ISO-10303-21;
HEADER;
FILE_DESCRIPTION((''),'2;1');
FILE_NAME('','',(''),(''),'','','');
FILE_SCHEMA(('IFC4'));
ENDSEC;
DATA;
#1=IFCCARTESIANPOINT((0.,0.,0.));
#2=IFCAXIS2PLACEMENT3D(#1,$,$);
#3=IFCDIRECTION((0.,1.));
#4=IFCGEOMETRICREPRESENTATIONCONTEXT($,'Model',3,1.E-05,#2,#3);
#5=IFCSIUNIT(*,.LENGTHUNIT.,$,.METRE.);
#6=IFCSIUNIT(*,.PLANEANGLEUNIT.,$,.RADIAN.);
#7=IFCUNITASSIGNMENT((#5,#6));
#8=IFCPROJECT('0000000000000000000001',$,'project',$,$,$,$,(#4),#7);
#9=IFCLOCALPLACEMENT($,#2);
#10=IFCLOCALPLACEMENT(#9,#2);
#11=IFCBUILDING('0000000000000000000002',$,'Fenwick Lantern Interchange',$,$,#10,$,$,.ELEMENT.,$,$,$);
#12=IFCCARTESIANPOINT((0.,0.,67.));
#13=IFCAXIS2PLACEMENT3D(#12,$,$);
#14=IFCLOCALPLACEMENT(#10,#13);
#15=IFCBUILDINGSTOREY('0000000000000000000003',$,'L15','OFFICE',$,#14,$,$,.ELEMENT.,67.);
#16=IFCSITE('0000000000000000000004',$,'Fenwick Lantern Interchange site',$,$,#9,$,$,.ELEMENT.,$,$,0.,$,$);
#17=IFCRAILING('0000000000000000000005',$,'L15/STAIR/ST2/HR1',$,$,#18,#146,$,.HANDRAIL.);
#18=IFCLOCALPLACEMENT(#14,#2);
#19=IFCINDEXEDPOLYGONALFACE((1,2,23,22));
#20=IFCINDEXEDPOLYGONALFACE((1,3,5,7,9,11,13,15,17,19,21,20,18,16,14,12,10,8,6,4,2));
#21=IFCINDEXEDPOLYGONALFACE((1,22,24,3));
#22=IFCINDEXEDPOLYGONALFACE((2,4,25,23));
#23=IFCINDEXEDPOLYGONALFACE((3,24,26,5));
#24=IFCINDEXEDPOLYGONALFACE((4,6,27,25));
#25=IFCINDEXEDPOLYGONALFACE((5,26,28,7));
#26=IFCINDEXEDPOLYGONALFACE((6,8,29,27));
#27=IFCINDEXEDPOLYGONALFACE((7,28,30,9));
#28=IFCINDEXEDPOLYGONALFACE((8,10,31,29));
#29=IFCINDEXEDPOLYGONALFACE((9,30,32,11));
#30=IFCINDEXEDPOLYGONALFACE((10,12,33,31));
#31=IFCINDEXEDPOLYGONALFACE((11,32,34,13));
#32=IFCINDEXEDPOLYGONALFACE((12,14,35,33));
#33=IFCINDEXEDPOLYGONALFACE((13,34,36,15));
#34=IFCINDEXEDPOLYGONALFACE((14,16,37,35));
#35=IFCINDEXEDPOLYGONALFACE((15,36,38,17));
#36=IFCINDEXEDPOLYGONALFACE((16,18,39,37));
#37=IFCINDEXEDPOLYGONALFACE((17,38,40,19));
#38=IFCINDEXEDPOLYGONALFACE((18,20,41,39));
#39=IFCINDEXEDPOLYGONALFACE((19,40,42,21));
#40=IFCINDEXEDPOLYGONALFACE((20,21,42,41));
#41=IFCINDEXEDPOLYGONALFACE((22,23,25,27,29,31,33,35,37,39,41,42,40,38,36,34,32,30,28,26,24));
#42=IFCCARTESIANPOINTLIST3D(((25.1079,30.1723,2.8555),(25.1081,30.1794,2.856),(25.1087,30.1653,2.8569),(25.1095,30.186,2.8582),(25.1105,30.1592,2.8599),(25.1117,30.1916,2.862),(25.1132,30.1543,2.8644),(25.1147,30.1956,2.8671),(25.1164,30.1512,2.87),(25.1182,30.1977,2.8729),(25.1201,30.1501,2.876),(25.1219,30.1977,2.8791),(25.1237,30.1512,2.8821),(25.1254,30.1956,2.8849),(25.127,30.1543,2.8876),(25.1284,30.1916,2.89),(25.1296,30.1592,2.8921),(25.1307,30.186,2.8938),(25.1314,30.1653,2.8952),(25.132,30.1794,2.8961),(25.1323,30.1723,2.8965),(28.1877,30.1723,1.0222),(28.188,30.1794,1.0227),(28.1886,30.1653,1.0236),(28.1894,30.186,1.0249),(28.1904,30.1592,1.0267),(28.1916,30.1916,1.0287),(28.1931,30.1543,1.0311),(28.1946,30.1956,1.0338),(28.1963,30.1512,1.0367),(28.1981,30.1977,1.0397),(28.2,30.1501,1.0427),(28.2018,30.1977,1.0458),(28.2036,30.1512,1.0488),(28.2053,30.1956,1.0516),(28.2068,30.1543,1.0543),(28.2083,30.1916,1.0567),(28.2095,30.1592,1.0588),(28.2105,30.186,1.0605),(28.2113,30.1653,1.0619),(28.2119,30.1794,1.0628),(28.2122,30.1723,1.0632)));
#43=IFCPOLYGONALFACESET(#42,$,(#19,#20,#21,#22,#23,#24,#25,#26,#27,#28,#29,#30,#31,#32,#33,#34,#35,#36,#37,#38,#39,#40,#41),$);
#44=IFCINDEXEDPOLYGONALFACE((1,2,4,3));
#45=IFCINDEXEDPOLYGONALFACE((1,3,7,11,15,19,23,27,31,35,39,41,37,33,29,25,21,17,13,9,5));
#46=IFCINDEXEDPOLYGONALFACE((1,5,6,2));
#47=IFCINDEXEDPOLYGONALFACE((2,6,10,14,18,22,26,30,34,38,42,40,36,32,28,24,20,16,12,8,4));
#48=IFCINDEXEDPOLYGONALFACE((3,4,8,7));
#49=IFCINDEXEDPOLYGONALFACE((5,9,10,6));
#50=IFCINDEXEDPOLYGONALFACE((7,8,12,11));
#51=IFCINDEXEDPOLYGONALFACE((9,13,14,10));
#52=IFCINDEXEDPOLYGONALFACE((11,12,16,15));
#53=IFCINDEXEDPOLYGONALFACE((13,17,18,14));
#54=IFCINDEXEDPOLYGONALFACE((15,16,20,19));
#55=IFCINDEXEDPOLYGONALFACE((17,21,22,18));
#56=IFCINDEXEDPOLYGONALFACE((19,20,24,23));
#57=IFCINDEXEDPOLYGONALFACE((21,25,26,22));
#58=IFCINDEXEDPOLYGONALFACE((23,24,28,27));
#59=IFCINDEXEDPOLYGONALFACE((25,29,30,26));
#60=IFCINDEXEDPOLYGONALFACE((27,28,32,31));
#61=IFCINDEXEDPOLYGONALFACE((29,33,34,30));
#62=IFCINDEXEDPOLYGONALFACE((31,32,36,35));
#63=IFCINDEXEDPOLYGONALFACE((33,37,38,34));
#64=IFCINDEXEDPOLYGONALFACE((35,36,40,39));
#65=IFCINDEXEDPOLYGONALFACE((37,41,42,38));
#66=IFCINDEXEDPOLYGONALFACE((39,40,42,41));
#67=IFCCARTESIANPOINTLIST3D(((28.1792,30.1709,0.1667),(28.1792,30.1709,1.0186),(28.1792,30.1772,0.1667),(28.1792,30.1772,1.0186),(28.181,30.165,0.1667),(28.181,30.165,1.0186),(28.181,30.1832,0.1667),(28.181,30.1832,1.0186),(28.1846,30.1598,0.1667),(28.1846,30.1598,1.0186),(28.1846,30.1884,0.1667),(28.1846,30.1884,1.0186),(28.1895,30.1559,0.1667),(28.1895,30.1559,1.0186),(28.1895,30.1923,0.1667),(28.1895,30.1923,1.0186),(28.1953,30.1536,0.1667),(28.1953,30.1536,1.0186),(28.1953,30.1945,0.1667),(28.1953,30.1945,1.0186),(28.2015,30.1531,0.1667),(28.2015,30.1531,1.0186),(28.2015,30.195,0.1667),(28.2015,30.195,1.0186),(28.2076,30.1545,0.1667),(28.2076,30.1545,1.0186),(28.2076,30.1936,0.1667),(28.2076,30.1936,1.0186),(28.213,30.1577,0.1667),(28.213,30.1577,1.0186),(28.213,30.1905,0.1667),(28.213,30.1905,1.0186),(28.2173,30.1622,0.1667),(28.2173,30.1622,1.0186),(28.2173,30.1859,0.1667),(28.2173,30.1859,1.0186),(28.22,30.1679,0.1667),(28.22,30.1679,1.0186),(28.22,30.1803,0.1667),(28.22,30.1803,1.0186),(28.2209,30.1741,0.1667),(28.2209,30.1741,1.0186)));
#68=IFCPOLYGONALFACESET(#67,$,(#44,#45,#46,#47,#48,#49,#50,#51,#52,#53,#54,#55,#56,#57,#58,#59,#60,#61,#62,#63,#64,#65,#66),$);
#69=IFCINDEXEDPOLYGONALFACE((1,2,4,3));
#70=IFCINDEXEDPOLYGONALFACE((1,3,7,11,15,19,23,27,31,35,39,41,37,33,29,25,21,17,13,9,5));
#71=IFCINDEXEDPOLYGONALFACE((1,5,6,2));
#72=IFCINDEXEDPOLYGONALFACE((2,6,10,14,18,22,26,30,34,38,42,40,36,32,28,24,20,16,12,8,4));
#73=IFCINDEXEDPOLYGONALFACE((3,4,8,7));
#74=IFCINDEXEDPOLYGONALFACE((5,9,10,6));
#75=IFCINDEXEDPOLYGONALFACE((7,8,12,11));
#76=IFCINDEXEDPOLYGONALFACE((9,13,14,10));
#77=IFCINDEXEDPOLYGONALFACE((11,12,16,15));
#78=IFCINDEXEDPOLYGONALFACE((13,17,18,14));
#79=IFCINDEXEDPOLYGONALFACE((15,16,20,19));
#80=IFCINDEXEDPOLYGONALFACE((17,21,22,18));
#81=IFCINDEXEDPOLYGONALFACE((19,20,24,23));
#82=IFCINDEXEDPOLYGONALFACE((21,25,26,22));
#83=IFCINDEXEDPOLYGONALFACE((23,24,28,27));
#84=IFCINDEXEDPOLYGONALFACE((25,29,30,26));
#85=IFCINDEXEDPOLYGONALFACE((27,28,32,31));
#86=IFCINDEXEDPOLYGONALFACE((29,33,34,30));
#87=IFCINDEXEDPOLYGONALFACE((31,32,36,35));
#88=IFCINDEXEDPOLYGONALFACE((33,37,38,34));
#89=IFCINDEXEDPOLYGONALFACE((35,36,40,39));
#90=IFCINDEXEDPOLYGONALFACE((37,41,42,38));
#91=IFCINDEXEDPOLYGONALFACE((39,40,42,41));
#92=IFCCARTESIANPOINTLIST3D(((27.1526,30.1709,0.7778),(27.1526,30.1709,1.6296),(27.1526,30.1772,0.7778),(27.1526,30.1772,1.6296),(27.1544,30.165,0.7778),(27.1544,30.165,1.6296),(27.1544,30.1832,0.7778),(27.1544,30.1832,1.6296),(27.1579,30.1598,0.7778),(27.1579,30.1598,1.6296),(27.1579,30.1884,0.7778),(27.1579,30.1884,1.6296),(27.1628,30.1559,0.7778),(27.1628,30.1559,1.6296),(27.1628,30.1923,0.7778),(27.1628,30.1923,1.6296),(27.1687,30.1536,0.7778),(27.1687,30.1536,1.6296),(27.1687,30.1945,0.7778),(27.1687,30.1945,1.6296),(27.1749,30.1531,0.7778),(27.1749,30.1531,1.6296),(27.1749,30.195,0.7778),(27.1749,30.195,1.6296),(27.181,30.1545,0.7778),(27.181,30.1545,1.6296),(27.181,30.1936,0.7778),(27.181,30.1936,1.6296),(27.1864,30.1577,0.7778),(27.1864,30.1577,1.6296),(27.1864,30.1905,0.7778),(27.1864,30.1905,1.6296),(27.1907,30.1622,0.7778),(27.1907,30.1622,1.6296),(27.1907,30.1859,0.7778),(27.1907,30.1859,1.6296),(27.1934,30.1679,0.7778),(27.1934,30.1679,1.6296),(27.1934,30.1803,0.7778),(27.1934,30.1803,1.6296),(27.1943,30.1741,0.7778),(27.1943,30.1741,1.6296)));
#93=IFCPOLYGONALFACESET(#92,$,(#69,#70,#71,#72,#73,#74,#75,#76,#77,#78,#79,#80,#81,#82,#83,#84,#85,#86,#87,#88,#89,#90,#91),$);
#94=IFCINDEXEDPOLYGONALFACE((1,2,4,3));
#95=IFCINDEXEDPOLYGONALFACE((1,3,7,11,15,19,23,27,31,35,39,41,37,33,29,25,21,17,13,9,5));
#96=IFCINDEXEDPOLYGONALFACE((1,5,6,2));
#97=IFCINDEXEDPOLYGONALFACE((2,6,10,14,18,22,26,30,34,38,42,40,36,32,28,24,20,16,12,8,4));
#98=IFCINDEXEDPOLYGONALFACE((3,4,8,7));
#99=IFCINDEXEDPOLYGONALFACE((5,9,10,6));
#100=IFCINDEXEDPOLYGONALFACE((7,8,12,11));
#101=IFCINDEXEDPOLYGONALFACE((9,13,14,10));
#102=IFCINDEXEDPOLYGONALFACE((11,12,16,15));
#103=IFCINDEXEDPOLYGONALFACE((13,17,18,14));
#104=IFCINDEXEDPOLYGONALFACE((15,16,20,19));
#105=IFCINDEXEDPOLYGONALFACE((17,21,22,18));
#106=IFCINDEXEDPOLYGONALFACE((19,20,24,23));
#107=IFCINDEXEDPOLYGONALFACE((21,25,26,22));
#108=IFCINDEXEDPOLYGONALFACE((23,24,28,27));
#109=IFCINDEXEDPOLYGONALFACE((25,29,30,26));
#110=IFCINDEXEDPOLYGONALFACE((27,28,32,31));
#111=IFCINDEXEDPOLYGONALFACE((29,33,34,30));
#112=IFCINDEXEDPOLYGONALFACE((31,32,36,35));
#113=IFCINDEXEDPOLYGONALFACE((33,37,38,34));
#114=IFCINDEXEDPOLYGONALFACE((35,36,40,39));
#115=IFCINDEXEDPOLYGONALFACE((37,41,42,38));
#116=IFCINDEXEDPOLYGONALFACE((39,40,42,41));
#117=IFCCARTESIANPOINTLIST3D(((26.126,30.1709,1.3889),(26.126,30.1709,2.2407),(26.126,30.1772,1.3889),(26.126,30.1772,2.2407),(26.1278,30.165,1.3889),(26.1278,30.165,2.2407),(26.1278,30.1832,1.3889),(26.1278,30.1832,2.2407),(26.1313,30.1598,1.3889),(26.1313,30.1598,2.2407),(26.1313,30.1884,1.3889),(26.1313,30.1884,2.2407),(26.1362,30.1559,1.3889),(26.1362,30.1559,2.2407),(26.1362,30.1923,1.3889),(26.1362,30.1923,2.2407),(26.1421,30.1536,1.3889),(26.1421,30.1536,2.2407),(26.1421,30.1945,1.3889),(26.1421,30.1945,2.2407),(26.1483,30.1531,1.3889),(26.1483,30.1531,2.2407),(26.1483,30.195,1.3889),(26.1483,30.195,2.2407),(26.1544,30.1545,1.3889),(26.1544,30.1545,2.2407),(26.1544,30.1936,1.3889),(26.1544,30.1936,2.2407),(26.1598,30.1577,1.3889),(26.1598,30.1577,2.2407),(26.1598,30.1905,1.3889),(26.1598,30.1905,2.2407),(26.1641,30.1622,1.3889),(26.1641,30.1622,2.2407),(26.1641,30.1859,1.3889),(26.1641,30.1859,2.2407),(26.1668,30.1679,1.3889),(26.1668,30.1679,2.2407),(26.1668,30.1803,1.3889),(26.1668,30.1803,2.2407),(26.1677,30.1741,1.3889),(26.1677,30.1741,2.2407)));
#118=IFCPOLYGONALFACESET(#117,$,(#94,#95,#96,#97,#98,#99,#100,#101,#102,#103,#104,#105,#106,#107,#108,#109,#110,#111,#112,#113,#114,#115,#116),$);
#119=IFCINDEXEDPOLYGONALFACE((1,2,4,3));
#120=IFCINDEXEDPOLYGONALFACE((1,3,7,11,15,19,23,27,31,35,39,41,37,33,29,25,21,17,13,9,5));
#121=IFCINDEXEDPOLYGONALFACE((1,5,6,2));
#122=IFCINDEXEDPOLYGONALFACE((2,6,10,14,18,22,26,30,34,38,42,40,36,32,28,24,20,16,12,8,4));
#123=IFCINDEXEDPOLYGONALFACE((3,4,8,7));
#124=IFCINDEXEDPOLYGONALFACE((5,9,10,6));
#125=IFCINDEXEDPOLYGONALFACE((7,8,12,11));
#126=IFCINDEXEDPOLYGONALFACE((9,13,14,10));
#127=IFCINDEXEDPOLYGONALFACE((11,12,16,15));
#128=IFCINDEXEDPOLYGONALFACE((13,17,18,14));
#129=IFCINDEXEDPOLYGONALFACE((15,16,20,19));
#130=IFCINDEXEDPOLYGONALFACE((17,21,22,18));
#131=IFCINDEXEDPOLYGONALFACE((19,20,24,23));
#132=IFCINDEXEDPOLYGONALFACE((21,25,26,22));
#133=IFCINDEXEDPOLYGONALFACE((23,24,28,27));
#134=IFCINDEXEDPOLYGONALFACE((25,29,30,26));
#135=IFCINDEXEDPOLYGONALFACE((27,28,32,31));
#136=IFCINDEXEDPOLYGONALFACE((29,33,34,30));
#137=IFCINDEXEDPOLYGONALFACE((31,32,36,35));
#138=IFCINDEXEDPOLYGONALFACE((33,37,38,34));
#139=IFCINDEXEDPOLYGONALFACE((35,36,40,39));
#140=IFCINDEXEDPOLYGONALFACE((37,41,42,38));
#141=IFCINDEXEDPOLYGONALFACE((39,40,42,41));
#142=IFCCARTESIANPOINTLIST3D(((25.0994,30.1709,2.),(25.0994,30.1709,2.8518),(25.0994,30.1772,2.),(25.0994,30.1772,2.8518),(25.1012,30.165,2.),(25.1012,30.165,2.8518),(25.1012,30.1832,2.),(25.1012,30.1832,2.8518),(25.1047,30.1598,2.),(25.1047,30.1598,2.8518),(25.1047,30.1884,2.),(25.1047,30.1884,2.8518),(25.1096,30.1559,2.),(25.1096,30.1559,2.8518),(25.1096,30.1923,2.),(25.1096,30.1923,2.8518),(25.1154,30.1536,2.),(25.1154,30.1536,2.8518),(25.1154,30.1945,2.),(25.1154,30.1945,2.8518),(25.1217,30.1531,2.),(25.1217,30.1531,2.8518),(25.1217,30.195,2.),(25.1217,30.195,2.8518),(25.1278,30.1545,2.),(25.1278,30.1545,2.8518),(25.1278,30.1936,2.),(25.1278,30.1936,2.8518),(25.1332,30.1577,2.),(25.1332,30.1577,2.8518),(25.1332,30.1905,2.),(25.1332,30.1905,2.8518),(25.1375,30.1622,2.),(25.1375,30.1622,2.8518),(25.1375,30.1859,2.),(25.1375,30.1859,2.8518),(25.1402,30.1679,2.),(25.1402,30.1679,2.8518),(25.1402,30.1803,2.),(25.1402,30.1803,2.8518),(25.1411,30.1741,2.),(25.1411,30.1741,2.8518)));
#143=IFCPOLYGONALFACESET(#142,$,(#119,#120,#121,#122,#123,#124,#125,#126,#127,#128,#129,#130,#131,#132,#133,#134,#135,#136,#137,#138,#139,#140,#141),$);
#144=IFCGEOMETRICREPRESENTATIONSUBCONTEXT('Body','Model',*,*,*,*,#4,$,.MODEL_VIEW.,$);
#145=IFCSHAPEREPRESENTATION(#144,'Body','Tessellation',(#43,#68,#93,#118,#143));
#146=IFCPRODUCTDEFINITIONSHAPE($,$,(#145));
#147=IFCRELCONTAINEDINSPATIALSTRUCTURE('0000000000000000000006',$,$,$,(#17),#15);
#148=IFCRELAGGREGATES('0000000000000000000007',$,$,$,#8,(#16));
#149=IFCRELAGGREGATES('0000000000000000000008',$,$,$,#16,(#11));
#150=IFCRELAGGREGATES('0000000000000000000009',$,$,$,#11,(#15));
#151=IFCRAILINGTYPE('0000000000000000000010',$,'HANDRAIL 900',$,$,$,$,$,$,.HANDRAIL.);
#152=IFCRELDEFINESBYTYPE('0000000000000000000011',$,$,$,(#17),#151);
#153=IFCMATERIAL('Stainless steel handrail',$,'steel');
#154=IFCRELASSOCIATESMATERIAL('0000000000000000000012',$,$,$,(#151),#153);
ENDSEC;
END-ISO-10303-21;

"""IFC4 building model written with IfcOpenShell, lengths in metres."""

from ifc_helpers import new_model, si_unit, direction, frame, origin, origin_2d, place, context, subcontext, project, spatial, circle, extrude, material, type_object, element, save


model = new_model("IFC4")

# Units and contexts
model_context = context("Model", 3, precision=1e-05, world=origin(), true_north=direction((0.0, 1.0)))
body_context = subcontext(model_context, "Body", "Model", "MODEL_VIEW")
ifc_project = project(units=[si_unit("LENGTHUNIT", "METRE"), si_unit("PLANEANGLEUNIT", "RADIAN")], contexts=[model_context])

# Site, building, storey
site_placement = place(None, origin())
site = spatial("IfcSite", under=ifc_project, at=site_placement, Name="Fenwick Lantern Interchange site", CompositionType="ELEMENT", RefElevation=0.0)
building_placement = place(site_placement, origin())
building = spatial("IfcBuilding", under=site, at=building_placement, Name="Fenwick Lantern Interchange", CompositionType="ELEMENT")
storey_placement = place(building_placement, frame((0.0, 0.0, 67.0)))
storey = spatial("IfcBuildingStorey", under=building, at=storey_placement, Name="L15", Description="OFFICE", CompositionType="ELEMENT", Elevation=67.0)

# Railing
ifc_material_1 = material(Name="Stainless steel handrail", Category="steel")
railing_type = type_object("IfcRailingType", Name="HANDRAIL 900", PredefinedType="HANDRAIL", material=ifc_material_1)
railing_1_placement = place(storey_placement, frame((28.2, 30.1741, 0.1667)))
element("IfcRailing", 1, at=railing_1_placement, inside=storey, type_object=railing_type, Name="L15/STAIR/ST2/HR1", PredefinedType="HANDRAIL", context=body_context, shape_type="SweptSolid", body=[
    extrude(circle(Radius=0.0239, at=origin_2d()), frame((0.0, 0.0, 0.876), z_axis=(-0.859291, 0.0, 0.511487), x_axis=(0.0, -1.0, 0.0)), (0.0, 0.0, 1.0), 3.5842),
    extrude(circle(Radius=0.021, at=origin_2d()), origin(), (0.0, 0.0, 1.0), 0.8518),
    extrude(circle(Radius=0.021, at=origin_2d()), frame((-1.0266, 0.0, 0.6111)), (0.0, 0.0, 1.0), 0.8518),
    extrude(circle(Radius=0.021, at=origin_2d()), frame((-2.0532, 0.0, 1.2222)), (0.0, 0.0, 1.0), 0.8518),
    extrude(circle(Radius=0.021, at=origin_2d()), frame((-3.0798, 0.0, 1.8333)), (0.0, 0.0, 1.0), 0.8518),
])

save(model, "model.ifc")
